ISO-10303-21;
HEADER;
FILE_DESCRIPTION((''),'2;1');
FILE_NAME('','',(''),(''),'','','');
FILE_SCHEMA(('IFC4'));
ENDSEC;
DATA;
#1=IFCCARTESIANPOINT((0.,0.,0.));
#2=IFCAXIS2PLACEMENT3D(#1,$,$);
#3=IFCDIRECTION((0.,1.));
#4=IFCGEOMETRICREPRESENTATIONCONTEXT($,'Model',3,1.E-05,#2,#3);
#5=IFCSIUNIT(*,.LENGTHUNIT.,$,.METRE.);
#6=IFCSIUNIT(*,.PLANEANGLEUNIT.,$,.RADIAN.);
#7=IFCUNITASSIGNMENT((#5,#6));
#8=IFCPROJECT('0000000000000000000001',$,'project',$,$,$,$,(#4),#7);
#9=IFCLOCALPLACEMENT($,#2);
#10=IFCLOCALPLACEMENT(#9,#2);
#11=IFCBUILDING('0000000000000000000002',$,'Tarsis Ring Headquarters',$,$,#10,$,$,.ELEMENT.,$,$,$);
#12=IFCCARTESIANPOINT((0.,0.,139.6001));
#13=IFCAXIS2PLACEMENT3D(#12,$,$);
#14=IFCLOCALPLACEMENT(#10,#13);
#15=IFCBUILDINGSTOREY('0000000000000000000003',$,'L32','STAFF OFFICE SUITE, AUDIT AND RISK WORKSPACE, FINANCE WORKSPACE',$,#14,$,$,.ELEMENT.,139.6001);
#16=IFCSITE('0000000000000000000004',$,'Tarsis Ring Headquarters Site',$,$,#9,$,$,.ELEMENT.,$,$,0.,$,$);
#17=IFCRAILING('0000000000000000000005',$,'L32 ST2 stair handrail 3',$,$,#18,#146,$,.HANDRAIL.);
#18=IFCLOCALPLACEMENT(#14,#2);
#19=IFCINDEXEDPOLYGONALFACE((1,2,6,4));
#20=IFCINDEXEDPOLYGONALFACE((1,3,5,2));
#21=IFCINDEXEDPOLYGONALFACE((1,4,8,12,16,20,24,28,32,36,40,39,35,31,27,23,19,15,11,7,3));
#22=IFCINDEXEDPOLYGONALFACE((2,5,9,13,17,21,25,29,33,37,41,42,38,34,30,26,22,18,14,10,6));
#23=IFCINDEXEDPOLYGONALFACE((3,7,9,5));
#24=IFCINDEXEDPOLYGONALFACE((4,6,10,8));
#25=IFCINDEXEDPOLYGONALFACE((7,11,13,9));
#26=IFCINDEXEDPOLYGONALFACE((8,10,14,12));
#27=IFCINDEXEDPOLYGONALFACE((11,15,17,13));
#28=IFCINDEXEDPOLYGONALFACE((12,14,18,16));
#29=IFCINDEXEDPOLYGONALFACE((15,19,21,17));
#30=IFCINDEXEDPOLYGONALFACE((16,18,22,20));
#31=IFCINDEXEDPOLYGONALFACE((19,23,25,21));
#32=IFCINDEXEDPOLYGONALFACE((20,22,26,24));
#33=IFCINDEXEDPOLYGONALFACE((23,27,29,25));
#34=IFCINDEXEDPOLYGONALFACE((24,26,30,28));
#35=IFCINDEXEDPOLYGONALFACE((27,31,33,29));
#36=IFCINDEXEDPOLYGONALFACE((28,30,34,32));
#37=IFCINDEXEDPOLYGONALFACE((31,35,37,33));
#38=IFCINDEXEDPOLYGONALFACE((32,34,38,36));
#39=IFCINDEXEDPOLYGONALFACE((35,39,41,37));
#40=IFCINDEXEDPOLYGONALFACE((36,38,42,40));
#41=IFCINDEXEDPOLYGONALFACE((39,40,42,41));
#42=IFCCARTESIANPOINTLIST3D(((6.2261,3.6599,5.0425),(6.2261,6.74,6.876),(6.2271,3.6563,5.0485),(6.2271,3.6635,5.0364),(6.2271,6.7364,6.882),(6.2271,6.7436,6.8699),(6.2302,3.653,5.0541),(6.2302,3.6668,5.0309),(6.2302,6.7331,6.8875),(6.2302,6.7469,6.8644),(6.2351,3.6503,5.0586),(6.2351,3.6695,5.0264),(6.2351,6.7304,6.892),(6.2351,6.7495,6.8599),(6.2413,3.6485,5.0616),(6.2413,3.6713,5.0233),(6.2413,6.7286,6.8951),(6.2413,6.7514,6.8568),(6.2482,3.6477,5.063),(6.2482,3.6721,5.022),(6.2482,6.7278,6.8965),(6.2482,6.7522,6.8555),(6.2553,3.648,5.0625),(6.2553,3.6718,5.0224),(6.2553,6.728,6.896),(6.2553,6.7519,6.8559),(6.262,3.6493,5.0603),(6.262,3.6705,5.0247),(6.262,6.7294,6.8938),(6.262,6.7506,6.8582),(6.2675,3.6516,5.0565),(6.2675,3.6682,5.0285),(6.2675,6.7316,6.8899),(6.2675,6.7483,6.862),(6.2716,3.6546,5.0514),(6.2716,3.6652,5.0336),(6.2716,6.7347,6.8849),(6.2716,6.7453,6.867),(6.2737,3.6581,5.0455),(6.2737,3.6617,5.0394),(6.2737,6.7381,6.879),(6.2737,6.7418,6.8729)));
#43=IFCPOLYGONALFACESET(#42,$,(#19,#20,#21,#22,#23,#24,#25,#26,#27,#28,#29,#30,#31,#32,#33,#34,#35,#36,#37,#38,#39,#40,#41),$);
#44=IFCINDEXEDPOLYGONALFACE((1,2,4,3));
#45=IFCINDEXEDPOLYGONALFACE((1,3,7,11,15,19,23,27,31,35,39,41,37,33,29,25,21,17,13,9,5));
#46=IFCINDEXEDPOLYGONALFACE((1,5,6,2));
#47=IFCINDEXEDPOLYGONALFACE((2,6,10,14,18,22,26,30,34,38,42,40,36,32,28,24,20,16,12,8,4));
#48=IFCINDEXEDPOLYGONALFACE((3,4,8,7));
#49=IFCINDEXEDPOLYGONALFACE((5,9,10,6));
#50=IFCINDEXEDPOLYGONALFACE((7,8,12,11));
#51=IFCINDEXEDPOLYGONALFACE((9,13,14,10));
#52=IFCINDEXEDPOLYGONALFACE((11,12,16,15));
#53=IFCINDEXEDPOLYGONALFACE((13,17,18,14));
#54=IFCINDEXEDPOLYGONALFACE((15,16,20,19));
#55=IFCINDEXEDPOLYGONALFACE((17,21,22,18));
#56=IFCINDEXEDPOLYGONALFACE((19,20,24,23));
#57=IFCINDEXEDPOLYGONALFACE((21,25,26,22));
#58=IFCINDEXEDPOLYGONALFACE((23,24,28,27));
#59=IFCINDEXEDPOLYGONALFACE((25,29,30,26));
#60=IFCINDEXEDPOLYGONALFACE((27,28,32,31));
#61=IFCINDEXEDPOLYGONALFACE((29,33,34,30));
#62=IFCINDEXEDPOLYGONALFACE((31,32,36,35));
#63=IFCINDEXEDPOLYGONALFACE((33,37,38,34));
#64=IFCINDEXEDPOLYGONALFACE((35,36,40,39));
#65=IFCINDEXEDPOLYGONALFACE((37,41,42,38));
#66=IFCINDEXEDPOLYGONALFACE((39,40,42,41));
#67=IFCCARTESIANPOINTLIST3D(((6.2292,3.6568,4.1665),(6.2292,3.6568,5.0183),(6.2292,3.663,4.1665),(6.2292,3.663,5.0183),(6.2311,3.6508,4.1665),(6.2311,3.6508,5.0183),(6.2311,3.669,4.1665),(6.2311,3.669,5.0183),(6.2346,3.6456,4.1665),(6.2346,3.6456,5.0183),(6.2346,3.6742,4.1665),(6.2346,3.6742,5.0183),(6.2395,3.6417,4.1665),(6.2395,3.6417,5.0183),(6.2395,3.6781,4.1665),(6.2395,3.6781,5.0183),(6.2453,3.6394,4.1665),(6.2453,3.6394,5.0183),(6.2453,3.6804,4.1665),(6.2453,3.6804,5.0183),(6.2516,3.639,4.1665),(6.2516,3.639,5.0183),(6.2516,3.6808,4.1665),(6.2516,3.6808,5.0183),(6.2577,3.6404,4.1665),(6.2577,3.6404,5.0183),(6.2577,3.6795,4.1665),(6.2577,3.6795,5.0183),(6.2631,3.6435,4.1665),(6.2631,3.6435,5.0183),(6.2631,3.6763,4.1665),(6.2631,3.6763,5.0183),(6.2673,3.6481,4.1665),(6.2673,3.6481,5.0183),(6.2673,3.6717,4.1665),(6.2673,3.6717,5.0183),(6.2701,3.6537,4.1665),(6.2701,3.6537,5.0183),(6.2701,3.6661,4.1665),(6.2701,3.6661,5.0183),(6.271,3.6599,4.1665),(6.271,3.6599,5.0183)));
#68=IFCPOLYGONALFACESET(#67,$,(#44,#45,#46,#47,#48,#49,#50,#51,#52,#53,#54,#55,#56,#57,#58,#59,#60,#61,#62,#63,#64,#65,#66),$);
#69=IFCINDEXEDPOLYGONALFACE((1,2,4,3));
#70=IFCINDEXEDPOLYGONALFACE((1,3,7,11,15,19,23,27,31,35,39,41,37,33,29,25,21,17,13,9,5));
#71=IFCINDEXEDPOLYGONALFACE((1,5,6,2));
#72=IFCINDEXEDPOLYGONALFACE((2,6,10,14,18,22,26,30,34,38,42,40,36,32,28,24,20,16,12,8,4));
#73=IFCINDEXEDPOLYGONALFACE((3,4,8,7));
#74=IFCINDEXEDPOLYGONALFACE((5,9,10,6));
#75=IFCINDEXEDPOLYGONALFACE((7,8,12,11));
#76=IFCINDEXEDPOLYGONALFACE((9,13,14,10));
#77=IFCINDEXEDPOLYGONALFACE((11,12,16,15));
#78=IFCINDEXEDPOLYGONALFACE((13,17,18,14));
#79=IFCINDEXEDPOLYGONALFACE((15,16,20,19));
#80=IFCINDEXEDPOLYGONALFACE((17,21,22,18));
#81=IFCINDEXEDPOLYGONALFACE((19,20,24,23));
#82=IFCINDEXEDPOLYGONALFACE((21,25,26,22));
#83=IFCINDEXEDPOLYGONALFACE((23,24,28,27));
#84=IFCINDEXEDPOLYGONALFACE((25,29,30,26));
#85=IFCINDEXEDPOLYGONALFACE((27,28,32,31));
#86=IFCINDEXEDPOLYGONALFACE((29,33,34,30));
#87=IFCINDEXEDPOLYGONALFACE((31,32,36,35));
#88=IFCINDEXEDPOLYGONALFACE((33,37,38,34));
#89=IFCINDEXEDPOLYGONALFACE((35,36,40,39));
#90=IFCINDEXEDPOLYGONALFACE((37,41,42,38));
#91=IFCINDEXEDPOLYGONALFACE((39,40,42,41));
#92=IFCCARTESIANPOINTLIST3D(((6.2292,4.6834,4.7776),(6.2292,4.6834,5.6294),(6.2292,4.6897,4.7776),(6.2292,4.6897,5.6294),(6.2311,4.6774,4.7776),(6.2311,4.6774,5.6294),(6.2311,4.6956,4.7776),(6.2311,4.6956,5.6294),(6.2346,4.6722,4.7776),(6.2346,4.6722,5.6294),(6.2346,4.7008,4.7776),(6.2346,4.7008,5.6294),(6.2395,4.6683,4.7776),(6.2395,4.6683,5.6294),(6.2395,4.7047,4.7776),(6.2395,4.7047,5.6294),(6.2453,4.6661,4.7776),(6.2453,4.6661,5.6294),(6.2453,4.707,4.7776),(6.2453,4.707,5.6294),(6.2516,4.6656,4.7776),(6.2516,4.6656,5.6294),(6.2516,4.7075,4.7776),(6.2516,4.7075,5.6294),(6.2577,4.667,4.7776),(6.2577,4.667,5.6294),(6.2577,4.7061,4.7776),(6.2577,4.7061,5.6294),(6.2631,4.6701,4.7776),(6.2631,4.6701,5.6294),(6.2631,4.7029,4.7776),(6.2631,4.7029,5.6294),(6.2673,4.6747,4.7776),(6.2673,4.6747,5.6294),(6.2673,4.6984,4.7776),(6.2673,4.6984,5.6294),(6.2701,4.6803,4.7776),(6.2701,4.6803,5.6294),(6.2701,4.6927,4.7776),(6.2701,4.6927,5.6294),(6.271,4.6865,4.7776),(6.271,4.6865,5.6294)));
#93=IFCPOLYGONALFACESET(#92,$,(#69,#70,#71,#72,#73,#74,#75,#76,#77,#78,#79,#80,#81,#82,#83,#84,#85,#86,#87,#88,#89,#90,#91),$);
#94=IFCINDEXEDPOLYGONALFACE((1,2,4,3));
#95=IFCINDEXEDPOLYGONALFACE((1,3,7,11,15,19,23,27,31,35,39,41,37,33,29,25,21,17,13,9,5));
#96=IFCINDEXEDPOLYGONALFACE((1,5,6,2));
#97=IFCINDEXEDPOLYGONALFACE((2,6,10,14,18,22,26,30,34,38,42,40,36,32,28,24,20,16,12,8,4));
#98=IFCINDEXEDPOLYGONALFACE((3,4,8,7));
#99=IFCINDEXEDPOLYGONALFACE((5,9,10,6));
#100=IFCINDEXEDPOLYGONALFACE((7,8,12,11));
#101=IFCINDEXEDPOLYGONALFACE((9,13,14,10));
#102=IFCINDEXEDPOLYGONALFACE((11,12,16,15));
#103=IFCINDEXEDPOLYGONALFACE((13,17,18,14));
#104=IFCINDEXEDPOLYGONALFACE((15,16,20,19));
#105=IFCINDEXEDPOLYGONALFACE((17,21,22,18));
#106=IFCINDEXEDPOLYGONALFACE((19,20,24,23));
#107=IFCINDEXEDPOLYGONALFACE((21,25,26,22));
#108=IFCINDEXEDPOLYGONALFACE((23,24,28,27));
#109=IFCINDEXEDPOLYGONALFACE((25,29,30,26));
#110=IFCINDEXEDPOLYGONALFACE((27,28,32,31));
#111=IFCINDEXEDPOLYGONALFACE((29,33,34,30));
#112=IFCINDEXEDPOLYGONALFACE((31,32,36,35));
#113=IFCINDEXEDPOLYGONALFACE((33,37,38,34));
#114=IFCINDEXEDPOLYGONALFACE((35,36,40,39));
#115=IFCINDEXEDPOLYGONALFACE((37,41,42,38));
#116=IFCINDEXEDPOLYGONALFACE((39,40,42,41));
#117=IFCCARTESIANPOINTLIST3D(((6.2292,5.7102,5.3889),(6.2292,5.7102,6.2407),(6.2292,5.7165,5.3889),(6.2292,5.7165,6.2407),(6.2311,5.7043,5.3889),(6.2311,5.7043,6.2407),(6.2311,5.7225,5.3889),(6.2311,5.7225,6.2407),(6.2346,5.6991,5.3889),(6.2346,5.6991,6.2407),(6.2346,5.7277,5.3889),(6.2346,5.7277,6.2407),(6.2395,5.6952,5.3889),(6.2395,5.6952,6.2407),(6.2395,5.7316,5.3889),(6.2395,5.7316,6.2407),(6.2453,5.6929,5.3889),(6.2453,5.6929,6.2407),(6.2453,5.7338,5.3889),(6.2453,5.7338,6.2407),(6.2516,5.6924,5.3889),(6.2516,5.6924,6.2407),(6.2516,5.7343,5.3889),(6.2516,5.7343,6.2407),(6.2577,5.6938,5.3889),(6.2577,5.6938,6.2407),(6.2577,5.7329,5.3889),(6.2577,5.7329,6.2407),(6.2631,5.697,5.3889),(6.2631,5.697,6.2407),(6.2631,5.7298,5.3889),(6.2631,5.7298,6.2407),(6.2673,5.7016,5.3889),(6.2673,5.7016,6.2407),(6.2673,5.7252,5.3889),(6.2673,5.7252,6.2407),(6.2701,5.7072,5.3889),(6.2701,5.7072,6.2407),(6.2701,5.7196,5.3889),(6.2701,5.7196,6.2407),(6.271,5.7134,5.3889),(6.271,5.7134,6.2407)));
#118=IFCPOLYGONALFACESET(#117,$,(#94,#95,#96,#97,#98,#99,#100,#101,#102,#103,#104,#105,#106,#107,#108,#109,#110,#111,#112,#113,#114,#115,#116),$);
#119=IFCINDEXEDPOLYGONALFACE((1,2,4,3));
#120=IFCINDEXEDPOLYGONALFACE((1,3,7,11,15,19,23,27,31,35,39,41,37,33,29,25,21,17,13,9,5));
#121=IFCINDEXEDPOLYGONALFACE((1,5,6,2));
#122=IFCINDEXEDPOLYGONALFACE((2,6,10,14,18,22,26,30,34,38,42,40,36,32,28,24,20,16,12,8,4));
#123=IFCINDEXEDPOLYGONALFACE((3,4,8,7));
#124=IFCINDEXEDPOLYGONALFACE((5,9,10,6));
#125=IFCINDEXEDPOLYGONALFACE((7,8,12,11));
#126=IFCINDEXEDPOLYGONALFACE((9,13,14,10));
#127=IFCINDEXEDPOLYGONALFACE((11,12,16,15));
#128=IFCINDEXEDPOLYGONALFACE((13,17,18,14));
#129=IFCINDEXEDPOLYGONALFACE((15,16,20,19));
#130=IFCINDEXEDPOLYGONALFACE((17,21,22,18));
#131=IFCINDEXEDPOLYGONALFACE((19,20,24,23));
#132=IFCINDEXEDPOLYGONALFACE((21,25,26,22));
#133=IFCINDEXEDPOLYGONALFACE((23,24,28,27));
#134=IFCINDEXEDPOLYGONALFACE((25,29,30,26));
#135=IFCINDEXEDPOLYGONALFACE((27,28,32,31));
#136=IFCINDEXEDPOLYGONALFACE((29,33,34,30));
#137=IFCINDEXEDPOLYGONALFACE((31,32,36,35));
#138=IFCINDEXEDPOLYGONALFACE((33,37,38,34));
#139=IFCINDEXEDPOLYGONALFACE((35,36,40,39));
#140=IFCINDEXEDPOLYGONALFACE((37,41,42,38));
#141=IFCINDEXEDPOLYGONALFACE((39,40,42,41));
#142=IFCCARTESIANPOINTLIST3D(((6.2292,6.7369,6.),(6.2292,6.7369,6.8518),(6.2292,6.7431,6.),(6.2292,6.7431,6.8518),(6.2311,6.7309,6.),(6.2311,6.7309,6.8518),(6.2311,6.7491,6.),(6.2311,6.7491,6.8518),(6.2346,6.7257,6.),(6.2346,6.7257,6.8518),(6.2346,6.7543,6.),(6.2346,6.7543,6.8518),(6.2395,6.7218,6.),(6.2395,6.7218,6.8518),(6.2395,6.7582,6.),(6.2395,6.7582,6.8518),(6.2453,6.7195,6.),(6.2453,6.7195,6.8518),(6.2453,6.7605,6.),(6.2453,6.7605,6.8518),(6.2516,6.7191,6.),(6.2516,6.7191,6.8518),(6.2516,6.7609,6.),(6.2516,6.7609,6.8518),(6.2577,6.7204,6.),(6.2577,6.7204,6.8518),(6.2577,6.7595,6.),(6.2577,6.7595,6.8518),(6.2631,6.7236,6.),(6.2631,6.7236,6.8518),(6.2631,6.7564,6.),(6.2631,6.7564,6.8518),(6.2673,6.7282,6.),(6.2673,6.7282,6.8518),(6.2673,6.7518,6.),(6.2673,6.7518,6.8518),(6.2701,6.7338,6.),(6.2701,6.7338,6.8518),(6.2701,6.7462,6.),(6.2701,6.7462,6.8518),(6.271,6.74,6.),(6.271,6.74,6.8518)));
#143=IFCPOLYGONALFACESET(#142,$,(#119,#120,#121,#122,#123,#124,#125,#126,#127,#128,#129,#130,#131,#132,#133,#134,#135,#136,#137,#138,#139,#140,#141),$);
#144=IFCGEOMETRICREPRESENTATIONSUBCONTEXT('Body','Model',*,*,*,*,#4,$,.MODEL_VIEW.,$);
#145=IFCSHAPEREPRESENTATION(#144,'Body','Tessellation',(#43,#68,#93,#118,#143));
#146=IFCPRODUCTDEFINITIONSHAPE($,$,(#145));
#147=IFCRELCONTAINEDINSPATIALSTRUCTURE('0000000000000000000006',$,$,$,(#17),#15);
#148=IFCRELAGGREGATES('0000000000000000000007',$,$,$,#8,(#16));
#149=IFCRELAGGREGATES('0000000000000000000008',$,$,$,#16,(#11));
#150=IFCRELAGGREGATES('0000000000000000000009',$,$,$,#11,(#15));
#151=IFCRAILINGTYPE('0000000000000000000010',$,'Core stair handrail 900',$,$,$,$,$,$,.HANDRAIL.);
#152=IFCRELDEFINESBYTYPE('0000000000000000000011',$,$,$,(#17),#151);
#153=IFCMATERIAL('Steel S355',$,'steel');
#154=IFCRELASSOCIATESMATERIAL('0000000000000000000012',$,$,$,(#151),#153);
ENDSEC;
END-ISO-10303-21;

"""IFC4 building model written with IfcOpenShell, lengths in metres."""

from ifc_helpers import new_model, si_unit, direction, frame, origin, origin_2d, place, context, subcontext, project, spatial, circle, extrude, material, type_object, element, save


model = new_model("IFC4")

# Units and contexts
model_context = context("Model", 3, precision=1e-05, world=origin(), true_north=direction((0.0, 1.0)))
body_context = subcontext(model_context, "Body", "Model", "MODEL_VIEW")
ifc_project = project(units=[si_unit("LENGTHUNIT", "METRE"), si_unit("PLANEANGLEUNIT", "RADIAN")], contexts=[model_context])

# Site, building, storey
site_placement = place(None, origin())
site = spatial("IfcSite", under=ifc_project, at=site_placement, Name="Tarsis Ring Headquarters Site", CompositionType="ELEMENT", RefElevation=0.0)
building_placement = place(site_placement, origin())
building = spatial("IfcBuilding", under=site, at=building_placement, Name="Tarsis Ring Headquarters", CompositionType="ELEMENT")
storey_placement = place(building_placement, frame((0.0, 0.0, 139.6001)))
storey = spatial("IfcBuildingStorey", under=building, at=storey_placement, Name="L32", Description="STAFF OFFICE SUITE, AUDIT AND RISK WORKSPACE, FINANCE WORKSPACE", CompositionType="ELEMENT", Elevation=139.6001)

# Shared definitions
ifc_material_1 = material(Name="Steel S355", Category="steel")

# Railing
railing_type_1 = type_object("IfcRailingType", Name="Core stair handrail 900", PredefinedType="HANDRAIL", material=ifc_material_1)
railing_1_placement = place(storey_placement, frame((6.25, 3.6599, 4.1665)))
element("IfcRailing", 1, at=railing_1_placement, inside=storey, type_object=railing_type_1, Name="L32 ST2 stair handrail 3", PredefinedType="HANDRAIL", context=body_context, shape_type="SweptSolid", body=[
    extrude(circle(Radius=0.0239, at=origin_2d()), frame((0.0, 0.0, 0.876), z_axis=(0.0, 0.859279, 0.511508), x_axis=(-1.0, 0.0, 0.0)), (0.0, 0.0, 1.0), 3.5845),
    extrude(circle(Radius=0.021, at=origin_2d()), origin(), (0.0, 0.0, 1.0), 0.8518),
    extrude(circle(Radius=0.021, at=origin_2d()), frame((0.0, 1.0266, 0.6111)), (0.0, 0.0, 1.0), 0.8518),
    extrude(circle(Radius=0.021, at=origin_2d()), frame((0.0, 2.0535, 1.2224)), (0.0, 0.0, 1.0), 0.8518),
    extrude(circle(Radius=0.021, at=origin_2d()), frame((0.0, 3.0801, 1.8335)), (0.0, 0.0, 1.0), 0.8518),
])

save(model, "model.ifc")
